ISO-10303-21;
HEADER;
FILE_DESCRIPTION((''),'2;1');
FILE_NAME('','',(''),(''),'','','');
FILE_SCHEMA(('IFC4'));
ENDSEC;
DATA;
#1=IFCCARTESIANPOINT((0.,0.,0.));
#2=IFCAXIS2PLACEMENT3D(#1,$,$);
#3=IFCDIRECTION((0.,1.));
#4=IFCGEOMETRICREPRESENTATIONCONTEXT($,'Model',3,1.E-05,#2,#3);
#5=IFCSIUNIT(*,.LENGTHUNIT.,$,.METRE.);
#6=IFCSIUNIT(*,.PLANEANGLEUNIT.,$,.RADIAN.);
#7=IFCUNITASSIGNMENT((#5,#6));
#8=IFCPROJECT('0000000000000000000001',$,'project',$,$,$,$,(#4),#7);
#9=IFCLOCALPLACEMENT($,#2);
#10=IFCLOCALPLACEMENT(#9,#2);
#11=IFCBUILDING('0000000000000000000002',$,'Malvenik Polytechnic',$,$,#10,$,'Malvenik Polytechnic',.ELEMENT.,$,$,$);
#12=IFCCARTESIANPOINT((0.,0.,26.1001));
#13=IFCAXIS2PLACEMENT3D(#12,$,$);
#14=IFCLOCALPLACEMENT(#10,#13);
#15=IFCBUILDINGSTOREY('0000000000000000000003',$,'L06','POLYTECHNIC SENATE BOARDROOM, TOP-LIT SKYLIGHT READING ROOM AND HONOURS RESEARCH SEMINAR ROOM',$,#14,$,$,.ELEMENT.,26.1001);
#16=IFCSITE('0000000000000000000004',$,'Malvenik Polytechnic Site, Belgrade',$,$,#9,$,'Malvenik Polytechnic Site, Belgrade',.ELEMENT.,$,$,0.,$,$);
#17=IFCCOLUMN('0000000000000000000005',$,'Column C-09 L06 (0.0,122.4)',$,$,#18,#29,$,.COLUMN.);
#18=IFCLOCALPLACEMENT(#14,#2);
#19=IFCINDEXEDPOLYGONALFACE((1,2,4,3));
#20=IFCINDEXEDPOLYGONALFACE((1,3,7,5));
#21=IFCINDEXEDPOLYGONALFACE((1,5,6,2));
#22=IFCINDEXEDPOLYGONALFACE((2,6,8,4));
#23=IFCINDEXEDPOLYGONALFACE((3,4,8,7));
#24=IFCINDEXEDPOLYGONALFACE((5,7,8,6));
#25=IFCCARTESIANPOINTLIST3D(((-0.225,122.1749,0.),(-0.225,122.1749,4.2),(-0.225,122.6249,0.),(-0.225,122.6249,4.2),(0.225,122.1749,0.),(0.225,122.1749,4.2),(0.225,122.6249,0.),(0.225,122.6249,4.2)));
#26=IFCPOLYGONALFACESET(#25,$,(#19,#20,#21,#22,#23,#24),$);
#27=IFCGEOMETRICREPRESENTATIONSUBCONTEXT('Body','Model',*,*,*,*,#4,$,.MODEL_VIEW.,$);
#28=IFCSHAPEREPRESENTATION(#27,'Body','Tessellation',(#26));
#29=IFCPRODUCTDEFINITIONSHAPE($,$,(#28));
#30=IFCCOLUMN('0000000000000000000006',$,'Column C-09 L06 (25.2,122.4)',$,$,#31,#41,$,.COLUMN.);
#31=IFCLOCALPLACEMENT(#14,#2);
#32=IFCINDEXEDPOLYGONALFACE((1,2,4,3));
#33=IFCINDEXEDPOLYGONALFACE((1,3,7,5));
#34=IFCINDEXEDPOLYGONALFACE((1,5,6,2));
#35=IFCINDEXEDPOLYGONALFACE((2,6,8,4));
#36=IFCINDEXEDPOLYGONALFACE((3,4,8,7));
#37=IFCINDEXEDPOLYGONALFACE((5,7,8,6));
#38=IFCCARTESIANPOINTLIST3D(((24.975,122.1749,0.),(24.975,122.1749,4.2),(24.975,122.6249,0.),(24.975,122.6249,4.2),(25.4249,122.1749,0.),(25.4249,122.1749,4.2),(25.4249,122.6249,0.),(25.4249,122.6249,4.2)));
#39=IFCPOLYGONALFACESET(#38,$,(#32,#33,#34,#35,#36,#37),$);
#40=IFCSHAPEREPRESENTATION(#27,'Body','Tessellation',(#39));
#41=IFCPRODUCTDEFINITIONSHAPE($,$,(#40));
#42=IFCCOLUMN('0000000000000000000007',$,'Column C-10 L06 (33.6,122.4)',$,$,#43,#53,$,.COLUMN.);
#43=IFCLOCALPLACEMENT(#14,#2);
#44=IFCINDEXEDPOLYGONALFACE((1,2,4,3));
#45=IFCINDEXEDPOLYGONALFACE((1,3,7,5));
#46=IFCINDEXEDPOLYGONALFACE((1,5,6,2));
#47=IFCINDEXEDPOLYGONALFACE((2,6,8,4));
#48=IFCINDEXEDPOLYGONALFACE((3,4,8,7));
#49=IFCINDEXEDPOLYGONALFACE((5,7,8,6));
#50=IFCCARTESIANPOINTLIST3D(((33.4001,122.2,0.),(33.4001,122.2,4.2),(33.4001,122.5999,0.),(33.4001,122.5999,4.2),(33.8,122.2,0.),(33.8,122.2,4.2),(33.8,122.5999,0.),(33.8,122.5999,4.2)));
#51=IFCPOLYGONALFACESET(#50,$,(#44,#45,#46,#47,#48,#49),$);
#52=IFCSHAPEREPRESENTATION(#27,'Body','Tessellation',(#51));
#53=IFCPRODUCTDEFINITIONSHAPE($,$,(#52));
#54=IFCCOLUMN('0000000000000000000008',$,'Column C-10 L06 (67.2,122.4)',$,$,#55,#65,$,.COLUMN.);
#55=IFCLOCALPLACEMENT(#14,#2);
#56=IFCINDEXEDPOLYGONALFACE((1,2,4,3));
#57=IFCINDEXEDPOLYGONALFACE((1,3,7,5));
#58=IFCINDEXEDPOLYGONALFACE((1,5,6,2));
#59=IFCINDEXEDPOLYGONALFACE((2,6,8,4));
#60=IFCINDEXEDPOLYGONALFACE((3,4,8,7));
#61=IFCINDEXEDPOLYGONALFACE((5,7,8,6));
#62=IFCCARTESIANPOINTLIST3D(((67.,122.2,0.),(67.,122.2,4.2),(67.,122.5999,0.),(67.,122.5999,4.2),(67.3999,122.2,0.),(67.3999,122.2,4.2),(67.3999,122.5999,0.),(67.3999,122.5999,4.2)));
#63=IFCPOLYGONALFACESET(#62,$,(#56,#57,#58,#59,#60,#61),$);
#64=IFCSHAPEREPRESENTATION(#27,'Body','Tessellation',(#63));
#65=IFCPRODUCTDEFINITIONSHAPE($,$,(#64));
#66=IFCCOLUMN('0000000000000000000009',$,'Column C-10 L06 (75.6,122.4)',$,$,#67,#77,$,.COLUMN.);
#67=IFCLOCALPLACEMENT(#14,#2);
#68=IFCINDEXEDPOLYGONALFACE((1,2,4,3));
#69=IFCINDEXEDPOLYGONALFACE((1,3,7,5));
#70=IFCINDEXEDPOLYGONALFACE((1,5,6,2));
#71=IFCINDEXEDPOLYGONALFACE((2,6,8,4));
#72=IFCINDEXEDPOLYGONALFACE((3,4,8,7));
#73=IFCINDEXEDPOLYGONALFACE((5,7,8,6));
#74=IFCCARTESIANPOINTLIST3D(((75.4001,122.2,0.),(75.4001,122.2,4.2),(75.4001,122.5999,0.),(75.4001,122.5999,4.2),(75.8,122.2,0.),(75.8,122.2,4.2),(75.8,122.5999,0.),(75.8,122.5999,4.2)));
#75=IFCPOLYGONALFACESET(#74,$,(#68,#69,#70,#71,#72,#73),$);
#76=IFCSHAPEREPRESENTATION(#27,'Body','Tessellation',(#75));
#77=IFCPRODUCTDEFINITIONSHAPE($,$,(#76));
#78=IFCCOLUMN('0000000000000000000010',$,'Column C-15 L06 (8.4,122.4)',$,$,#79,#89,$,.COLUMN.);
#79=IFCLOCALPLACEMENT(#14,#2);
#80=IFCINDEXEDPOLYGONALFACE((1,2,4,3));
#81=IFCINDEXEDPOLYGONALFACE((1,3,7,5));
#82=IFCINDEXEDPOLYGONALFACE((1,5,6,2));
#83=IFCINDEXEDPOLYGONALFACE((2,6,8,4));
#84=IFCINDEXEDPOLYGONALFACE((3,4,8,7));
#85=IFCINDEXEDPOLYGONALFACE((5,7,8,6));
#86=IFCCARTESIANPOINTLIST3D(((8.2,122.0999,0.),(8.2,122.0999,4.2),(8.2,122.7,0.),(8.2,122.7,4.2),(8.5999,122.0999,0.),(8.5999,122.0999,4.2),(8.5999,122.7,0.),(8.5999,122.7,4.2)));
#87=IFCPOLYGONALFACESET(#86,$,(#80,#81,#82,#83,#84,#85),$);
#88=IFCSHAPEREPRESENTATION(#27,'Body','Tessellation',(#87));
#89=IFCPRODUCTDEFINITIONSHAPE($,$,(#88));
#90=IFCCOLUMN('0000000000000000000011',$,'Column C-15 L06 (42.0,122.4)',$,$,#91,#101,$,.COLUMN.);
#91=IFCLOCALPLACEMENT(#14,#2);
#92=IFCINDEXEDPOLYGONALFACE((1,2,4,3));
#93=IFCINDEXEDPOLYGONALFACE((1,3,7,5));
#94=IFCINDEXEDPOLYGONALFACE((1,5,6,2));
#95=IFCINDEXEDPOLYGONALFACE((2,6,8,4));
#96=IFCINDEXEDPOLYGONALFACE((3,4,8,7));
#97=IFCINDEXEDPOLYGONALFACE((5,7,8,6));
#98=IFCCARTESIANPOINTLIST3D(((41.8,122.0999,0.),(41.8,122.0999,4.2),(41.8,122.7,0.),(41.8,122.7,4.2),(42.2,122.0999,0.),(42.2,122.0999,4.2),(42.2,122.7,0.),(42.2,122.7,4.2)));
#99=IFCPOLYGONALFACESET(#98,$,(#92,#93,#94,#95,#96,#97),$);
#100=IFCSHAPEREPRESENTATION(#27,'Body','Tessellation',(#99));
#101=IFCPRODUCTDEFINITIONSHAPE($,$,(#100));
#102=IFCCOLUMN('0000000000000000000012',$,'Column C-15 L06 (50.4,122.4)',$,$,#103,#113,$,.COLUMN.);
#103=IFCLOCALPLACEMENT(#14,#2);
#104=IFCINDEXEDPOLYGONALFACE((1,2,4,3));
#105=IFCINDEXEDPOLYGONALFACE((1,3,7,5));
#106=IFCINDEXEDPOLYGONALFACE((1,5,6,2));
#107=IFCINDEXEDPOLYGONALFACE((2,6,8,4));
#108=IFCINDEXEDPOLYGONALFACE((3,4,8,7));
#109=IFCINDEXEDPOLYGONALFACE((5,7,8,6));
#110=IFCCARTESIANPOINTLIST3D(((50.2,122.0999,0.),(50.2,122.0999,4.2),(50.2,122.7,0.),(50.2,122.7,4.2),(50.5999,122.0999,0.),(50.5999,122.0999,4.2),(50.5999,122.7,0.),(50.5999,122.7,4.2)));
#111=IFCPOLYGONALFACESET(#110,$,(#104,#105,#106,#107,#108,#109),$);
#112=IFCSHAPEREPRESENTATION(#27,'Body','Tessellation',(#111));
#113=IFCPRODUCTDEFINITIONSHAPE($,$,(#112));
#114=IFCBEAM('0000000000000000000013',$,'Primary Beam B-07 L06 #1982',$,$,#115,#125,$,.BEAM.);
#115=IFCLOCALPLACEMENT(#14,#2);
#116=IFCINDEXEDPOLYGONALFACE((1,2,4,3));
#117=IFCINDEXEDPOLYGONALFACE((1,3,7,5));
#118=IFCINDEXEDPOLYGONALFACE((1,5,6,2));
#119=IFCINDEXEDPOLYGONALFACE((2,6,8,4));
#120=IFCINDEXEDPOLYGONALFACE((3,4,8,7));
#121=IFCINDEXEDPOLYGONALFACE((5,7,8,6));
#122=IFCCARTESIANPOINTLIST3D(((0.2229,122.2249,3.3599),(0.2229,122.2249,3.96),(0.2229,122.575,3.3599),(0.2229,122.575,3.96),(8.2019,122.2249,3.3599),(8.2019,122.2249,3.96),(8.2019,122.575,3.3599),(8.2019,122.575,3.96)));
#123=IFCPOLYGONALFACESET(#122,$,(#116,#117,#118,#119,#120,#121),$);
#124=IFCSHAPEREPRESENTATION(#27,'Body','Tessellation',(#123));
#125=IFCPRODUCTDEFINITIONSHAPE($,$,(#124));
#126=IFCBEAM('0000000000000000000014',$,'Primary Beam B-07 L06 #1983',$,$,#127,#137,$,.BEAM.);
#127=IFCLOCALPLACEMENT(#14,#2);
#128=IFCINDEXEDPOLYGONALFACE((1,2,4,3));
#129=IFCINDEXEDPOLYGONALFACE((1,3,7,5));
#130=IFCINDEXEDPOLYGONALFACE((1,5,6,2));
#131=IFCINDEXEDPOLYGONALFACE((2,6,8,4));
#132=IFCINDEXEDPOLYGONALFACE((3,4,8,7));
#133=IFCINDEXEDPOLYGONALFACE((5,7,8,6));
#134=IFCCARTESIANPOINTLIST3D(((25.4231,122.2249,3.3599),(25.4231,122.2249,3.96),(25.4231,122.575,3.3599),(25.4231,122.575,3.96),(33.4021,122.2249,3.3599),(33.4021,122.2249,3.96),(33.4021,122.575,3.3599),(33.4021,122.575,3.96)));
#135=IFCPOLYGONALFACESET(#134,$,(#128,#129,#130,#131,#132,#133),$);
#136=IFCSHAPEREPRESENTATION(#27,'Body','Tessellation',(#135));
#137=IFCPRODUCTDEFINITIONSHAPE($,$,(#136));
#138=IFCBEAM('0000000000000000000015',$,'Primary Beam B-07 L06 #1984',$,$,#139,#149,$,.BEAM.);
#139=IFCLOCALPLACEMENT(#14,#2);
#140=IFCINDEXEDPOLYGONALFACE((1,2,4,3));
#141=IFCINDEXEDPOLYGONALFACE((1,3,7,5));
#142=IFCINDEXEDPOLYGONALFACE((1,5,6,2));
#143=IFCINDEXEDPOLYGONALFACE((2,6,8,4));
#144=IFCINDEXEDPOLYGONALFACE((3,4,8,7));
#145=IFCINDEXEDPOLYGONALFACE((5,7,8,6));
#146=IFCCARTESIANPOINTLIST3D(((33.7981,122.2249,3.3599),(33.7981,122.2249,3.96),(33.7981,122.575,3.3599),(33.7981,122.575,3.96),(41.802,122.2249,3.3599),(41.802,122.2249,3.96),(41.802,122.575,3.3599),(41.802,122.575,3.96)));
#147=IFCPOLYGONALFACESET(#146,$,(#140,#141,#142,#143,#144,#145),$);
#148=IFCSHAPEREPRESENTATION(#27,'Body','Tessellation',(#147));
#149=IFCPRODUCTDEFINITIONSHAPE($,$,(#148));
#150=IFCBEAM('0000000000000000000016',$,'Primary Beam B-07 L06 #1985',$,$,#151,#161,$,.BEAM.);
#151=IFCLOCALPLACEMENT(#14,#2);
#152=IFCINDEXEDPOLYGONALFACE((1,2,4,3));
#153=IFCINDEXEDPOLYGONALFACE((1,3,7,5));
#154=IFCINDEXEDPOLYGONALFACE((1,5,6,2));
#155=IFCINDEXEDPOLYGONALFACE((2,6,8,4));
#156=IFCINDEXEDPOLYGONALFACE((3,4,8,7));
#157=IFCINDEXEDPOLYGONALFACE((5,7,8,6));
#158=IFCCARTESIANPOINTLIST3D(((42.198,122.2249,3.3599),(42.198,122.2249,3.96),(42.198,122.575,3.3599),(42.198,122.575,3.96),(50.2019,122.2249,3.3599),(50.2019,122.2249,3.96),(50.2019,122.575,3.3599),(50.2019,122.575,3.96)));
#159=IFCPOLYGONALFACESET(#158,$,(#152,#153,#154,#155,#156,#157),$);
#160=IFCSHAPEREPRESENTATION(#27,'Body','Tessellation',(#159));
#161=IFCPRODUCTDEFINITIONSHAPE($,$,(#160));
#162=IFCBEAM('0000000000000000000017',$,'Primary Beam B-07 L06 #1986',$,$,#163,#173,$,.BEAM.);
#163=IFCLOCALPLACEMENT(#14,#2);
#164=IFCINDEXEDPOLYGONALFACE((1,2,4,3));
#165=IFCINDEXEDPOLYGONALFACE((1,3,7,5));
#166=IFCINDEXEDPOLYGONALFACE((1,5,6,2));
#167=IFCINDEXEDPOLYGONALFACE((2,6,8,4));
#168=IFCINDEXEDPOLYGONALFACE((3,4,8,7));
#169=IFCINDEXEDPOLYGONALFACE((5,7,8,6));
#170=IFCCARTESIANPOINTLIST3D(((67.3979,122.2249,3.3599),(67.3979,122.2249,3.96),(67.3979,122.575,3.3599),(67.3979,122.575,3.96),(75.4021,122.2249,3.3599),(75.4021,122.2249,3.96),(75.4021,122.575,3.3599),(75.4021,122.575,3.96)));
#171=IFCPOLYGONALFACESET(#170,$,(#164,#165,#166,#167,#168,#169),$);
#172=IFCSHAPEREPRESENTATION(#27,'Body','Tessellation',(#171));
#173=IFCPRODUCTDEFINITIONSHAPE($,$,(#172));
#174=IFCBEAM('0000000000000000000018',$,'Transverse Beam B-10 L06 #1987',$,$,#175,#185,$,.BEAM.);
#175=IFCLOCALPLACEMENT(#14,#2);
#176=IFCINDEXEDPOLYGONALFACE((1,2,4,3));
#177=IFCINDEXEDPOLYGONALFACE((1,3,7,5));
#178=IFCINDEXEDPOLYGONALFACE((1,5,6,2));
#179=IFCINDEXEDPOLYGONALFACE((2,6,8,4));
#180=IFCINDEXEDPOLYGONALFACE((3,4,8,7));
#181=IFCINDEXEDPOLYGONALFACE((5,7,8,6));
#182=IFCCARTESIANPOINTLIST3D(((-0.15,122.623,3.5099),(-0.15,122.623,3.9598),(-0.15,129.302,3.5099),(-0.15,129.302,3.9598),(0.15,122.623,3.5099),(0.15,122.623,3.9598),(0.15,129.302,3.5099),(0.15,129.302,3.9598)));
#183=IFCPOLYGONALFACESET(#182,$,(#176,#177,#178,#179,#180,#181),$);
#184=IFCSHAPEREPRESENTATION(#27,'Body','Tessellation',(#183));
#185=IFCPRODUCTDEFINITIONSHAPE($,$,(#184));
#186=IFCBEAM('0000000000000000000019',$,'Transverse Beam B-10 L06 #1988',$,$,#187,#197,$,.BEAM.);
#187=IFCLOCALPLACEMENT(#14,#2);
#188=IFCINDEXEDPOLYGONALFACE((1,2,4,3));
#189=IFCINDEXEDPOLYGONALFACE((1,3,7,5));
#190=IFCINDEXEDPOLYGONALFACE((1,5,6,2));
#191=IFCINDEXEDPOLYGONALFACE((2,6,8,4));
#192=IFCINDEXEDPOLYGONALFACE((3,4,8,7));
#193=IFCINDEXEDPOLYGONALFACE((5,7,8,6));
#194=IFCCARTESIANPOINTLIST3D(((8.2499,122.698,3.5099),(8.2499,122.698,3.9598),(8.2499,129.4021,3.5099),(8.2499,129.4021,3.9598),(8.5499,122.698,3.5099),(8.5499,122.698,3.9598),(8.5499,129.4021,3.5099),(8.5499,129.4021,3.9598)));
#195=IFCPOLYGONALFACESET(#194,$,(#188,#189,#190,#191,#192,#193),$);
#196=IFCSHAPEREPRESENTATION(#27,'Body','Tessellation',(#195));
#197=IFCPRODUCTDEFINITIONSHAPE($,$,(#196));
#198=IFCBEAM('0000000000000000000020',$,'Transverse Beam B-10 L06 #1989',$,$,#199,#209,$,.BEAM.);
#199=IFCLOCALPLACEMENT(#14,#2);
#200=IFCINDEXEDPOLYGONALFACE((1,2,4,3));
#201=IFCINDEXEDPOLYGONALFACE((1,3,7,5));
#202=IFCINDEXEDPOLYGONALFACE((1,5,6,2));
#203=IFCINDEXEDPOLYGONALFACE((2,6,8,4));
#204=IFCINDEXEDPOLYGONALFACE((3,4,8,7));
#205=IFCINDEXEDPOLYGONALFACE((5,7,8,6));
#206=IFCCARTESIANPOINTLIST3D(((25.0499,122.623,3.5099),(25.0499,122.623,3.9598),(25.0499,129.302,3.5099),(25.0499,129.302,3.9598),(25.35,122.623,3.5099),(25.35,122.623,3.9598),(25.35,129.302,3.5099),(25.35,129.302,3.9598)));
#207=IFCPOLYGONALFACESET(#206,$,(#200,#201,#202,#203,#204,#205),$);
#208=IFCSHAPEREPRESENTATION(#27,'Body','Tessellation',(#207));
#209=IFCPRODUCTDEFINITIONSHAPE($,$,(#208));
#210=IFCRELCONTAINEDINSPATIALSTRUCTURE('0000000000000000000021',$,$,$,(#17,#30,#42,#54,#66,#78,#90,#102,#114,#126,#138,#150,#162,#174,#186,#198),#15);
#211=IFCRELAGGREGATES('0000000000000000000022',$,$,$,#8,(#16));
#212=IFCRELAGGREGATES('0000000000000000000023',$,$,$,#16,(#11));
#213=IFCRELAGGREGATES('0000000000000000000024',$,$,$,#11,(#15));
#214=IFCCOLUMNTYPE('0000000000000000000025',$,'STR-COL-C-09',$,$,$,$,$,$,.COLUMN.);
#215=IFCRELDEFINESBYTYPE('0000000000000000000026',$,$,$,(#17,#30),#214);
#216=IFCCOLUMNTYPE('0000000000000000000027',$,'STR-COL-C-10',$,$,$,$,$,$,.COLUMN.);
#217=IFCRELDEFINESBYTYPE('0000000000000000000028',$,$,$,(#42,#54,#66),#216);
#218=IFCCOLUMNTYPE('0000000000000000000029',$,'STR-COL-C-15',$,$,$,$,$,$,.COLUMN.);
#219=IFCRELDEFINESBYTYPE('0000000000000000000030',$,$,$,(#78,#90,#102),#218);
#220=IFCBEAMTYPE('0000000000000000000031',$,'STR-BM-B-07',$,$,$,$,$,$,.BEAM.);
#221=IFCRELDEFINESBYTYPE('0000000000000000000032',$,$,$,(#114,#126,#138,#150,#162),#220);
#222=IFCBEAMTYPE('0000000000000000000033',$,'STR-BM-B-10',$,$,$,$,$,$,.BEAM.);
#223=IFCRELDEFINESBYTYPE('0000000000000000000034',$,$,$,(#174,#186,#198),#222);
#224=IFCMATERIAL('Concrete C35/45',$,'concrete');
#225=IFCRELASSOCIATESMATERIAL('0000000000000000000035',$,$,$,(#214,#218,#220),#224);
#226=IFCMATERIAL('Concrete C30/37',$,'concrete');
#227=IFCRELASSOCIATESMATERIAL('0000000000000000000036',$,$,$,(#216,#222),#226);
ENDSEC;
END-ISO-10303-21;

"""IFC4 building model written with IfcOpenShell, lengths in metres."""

from ifc_helpers import new_model, si_unit, direction, frame, origin, origin_2d, place, context, subcontext, project, spatial, rectangle, extrude, material, material_profile, profile_set, type_object, element, save


model = new_model("IFC4")

# Units and contexts
model_context = context("Model", 3, precision=1e-05, world=origin(), true_north=direction((0.0, 1.0)))
body_context = subcontext(model_context, "Body", "Model", "MODEL_VIEW")
ifc_project = project(units=[si_unit("LENGTHUNIT", "METRE"), si_unit("PLANEANGLEUNIT", "RADIAN")], contexts=[model_context])

# Site, building, storey
site_placement = place(None, origin())
site = spatial("IfcSite", under=ifc_project, at=site_placement, Name="Malvenik Polytechnic Site, Belgrade", LongName="Malvenik Polytechnic Site, Belgrade", CompositionType="ELEMENT", RefElevation=0.0)
building_placement = place(site_placement, origin())
building = spatial("IfcBuilding", under=site, at=building_placement, Name="Malvenik Polytechnic", LongName="Malvenik Polytechnic", CompositionType="ELEMENT")
storey_placement = place(building_placement, frame((0.0, 0.0, 26.1001)))
storey = spatial("IfcBuildingStorey", under=building, at=storey_placement, Name="L06", Description="POLYTECHNIC SENATE BOARDROOM, TOP-LIT SKYLIGHT READING ROOM AND HONOURS RESEARCH SEMINAR ROOM", CompositionType="ELEMENT", Elevation=26.1001)

# Columns
ifc_material_1 = material(Name="Concrete C35/45", Category="concrete")
ifc_material_profile_1 = material_profile(ifc_material_1, rectangle(XDim=0.45, YDim=0.45, at=origin_2d()), Name="RC COL 450x450")
ifc_profile_set_1 = profile_set([ifc_material_profile_1], Name="Concrete C35/45")
column_type_1 = type_object("IfcColumnType", Name="STR-COL-C-09", PredefinedType="COLUMN", material=ifc_profile_set_1)
for number, where, z_axis, x_axis, name in (
    (1, (0.0, 122.3999, 0.0), (0.0, 0.0, 1.0), (1.0, 0.0, 0.0), "Column C-09 L06 (0.0,122.4)"),
    (2, (25.2, 122.3999, 0.0), (0.0, 0.0, 1.0), (1.0, 0.0, 0.0), "Column C-09 L06 (25.2,122.4)"),
):
    element("IfcColumn", number, at=place(storey_placement, frame(where, z_axis=z_axis, x_axis=x_axis)), inside=storey, type_object=column_type_1, Name=name, PredefinedType="COLUMN", context=body_context, shape_type="SweptSolid", body=[
        extrude(rectangle(XDim=0.45, YDim=0.45, at=origin_2d()), origin(), (0.0, 0.0, 1.0), 4.2),
    ])
ifc_material_2 = material(Name="Concrete C30/37", Category="concrete")
ifc_material_profile_2 = material_profile(ifc_material_2, rectangle(XDim=0.3999, YDim=0.3999, at=origin_2d()), Name="RC COL 400x400")
ifc_profile_set_2 = profile_set([ifc_material_profile_2], Name="Concrete C30/37")
column_type_2 = type_object("IfcColumnType", Name="STR-COL-C-10", PredefinedType="COLUMN", material=ifc_profile_set_2)
for number, where, z_axis, x_axis, name in (
    (3, (33.6001, 122.3999, 0.0), (0.0, 0.0, 1.0), (1.0, 0.0, 0.0), "Column C-10 L06 (33.6,122.4)"),
    (4, (67.2, 122.3999, 0.0), (0.0, 0.0, 1.0), (1.0, 0.0, 0.0), "Column C-10 L06 (67.2,122.4)"),
    (5, (75.6001, 122.3999, 0.0), (0.0, 0.0, 1.0), (1.0, 0.0, 0.0), "Column C-10 L06 (75.6,122.4)"),
):
    element("IfcColumn", number, at=place(storey_placement, frame(where, z_axis=z_axis, x_axis=x_axis)), inside=storey, type_object=column_type_2, Name=name, PredefinedType="COLUMN", context=body_context, shape_type="SweptSolid", body=[
        extrude(rectangle(XDim=0.3999, YDim=0.3999, at=origin_2d()), origin(), (0.0, 0.0, 1.0), 4.2),
    ])
ifc_material_profile_3 = material_profile(ifc_material_1, rectangle(XDim=0.3999, YDim=0.6001, at=origin_2d()), Name="RC COL 600x400")
ifc_profile_set_3 = profile_set([ifc_material_profile_3], Name="Concrete C35/45")
column_type_3 = type_object("IfcColumnType", Name="STR-COL-C-15", PredefinedType="COLUMN", material=ifc_profile_set_3)
for number, where, z_axis, x_axis, name in (
    (6, (8.3999, 122.3999, 0.0), (0.0, 0.0, 1.0), (1.0, 0.0, 0.0), "Column C-15 L06 (8.4,122.4)"),
    (7, (42.0, 122.3999, 0.0), (0.0, 0.0, 1.0), (1.0, 0.0, 0.0), "Column C-15 L06 (42.0,122.4)"),
    (8, (50.3999, 122.3999, 0.0), (0.0, 0.0, 1.0), (1.0, 0.0, 0.0), "Column C-15 L06 (50.4,122.4)"),
):
    element("IfcColumn", number, at=place(storey_placement, frame(where, z_axis=z_axis, x_axis=x_axis)), inside=storey, type_object=column_type_3, Name=name, PredefinedType="COLUMN", context=body_context, shape_type="SweptSolid", body=[
        extrude(rectangle(XDim=0.3999, YDim=0.6001, at=origin_2d()), origin(), (0.0, 0.0, 1.0), 4.2),
    ])

# Beams
ifc_material_profile_4 = material_profile(ifc_material_1, rectangle(XDim=0.3501, YDim=0.6001, at=origin_2d()), Name="RC BM 350x600")
ifc_profile_set_4 = profile_set([ifc_material_profile_4], Name="Concrete C35/45")
beam_type_1 = type_object("IfcBeamType", Name="STR-BM-B-07", PredefinedType="BEAM", material=ifc_profile_set_4)
for number, where, z_axis, x_axis, name in (
    (9, (0.2229, 122.3999, 3.6599), (1.0, 0.0, 0.0), (0.0, 1.0, 0.0), "Primary Beam B-07 L06 #1982"),
    (10, (25.4231, 122.3999, 3.6599), (1.0, 0.0, 0.0), (0.0, 1.0, 0.0), "Primary Beam B-07 L06 #1983"),
):
    element("IfcBeam", number, at=place(storey_placement, frame(where, z_axis=z_axis, x_axis=x_axis)), inside=storey, type_object=beam_type_1, Name=name, PredefinedType="BEAM", context=body_context, shape_type="SweptSolid", body=[
        extrude(rectangle(XDim=0.3501, YDim=0.6001, at=origin_2d()), origin(), (0.0, 0.0, 1.0), 7.979),
    ])
for number, where, z_axis, x_axis, name in (
    (11, (33.7981, 122.3999, 3.6599), (1.0, 0.0, 0.0), (0.0, 1.0, 0.0), "Primary Beam B-07 L06 #1984"),
    (12, (42.198, 122.3999, 3.6599), (1.0, 0.0, 0.0), (0.0, 1.0, 0.0), "Primary Beam B-07 L06 #1985"),
):
    element("IfcBeam", number, at=place(storey_placement, frame(where, z_axis=z_axis, x_axis=x_axis)), inside=storey, type_object=beam_type_1, Name=name, PredefinedType="BEAM", context=body_context, shape_type="SweptSolid", body=[
        extrude(rectangle(XDim=0.3501, YDim=0.6001, at=origin_2d()), origin(), (0.0, 0.0, 1.0), 8.0039),
    ])
beam_1_placement = place(storey_placement, frame((67.3979, 122.3999, 3.6599), z_axis=(1.0, 0.0, 0.0), x_axis=(0.0, 1.0, 0.0)))
element("IfcBeam", 13, at=beam_1_placement, inside=storey, type_object=beam_type_1, Name="Primary Beam B-07 L06 #1986", PredefinedType="BEAM", context=body_context, shape_type="SweptSolid", body=[
    extrude(rectangle(XDim=0.3501, YDim=0.6001, at=origin_2d()), origin(), (0.0, 0.0, 1.0), 8.0042),
])
ifc_material_profile_5 = material_profile(ifc_material_2, rectangle(XDim=0.3, YDim=0.45, at=origin_2d()), Name="RC BM 300x450")
ifc_profile_set_5 = profile_set([ifc_material_profile_5], Name="Concrete C30/37")
beam_type_2 = type_object("IfcBeamType", Name="STR-BM-B-10", PredefinedType="BEAM", material=ifc_profile_set_5)
beam_2_placement = place(storey_placement, frame((0.0, 122.623, 3.7349), z_axis=(0.0, 1.0, 0.0), x_axis=(-1.0, 0.0, 0.0)))
element("IfcBeam", 14, at=beam_2_placement, inside=storey, type_object=beam_type_2, Name="Transverse Beam B-10 L06 #1987", PredefinedType="BEAM", context=body_context, shape_type="SweptSolid", body=[
    extrude(rectangle(XDim=0.3, YDim=0.45, at=origin_2d()), origin(), (0.0, 0.0, 1.0), 6.679),
])
beam_3_placement = place(storey_placement, frame((8.3999, 122.698, 3.7349), z_axis=(0.0, 1.0, 0.0), x_axis=(-1.0, 0.0, 0.0)))
element("IfcBeam", 15, at=beam_3_placement, inside=storey, type_object=beam_type_2, Name="Transverse Beam B-10 L06 #1988", PredefinedType="BEAM", context=body_context, shape_type="SweptSolid", body=[
    extrude(rectangle(XDim=0.3, YDim=0.45, at=origin_2d()), origin(), (0.0, 0.0, 1.0), 6.7041),
])
beam_4_placement = place(storey_placement, frame((25.2, 122.623, 3.7349), z_axis=(0.0, 1.0, 0.0), x_axis=(-1.0, 0.0, 0.0)))
element("IfcBeam", 16, at=beam_4_placement, inside=storey, type_object=beam_type_2, Name="Transverse Beam B-10 L06 #1989", PredefinedType="BEAM", context=body_context, shape_type="SweptSolid", body=[
    extrude(rectangle(XDim=0.3, YDim=0.45, at=origin_2d()), origin(), (0.0, 0.0, 1.0), 6.679),
])

save(model, "model.ifc")
